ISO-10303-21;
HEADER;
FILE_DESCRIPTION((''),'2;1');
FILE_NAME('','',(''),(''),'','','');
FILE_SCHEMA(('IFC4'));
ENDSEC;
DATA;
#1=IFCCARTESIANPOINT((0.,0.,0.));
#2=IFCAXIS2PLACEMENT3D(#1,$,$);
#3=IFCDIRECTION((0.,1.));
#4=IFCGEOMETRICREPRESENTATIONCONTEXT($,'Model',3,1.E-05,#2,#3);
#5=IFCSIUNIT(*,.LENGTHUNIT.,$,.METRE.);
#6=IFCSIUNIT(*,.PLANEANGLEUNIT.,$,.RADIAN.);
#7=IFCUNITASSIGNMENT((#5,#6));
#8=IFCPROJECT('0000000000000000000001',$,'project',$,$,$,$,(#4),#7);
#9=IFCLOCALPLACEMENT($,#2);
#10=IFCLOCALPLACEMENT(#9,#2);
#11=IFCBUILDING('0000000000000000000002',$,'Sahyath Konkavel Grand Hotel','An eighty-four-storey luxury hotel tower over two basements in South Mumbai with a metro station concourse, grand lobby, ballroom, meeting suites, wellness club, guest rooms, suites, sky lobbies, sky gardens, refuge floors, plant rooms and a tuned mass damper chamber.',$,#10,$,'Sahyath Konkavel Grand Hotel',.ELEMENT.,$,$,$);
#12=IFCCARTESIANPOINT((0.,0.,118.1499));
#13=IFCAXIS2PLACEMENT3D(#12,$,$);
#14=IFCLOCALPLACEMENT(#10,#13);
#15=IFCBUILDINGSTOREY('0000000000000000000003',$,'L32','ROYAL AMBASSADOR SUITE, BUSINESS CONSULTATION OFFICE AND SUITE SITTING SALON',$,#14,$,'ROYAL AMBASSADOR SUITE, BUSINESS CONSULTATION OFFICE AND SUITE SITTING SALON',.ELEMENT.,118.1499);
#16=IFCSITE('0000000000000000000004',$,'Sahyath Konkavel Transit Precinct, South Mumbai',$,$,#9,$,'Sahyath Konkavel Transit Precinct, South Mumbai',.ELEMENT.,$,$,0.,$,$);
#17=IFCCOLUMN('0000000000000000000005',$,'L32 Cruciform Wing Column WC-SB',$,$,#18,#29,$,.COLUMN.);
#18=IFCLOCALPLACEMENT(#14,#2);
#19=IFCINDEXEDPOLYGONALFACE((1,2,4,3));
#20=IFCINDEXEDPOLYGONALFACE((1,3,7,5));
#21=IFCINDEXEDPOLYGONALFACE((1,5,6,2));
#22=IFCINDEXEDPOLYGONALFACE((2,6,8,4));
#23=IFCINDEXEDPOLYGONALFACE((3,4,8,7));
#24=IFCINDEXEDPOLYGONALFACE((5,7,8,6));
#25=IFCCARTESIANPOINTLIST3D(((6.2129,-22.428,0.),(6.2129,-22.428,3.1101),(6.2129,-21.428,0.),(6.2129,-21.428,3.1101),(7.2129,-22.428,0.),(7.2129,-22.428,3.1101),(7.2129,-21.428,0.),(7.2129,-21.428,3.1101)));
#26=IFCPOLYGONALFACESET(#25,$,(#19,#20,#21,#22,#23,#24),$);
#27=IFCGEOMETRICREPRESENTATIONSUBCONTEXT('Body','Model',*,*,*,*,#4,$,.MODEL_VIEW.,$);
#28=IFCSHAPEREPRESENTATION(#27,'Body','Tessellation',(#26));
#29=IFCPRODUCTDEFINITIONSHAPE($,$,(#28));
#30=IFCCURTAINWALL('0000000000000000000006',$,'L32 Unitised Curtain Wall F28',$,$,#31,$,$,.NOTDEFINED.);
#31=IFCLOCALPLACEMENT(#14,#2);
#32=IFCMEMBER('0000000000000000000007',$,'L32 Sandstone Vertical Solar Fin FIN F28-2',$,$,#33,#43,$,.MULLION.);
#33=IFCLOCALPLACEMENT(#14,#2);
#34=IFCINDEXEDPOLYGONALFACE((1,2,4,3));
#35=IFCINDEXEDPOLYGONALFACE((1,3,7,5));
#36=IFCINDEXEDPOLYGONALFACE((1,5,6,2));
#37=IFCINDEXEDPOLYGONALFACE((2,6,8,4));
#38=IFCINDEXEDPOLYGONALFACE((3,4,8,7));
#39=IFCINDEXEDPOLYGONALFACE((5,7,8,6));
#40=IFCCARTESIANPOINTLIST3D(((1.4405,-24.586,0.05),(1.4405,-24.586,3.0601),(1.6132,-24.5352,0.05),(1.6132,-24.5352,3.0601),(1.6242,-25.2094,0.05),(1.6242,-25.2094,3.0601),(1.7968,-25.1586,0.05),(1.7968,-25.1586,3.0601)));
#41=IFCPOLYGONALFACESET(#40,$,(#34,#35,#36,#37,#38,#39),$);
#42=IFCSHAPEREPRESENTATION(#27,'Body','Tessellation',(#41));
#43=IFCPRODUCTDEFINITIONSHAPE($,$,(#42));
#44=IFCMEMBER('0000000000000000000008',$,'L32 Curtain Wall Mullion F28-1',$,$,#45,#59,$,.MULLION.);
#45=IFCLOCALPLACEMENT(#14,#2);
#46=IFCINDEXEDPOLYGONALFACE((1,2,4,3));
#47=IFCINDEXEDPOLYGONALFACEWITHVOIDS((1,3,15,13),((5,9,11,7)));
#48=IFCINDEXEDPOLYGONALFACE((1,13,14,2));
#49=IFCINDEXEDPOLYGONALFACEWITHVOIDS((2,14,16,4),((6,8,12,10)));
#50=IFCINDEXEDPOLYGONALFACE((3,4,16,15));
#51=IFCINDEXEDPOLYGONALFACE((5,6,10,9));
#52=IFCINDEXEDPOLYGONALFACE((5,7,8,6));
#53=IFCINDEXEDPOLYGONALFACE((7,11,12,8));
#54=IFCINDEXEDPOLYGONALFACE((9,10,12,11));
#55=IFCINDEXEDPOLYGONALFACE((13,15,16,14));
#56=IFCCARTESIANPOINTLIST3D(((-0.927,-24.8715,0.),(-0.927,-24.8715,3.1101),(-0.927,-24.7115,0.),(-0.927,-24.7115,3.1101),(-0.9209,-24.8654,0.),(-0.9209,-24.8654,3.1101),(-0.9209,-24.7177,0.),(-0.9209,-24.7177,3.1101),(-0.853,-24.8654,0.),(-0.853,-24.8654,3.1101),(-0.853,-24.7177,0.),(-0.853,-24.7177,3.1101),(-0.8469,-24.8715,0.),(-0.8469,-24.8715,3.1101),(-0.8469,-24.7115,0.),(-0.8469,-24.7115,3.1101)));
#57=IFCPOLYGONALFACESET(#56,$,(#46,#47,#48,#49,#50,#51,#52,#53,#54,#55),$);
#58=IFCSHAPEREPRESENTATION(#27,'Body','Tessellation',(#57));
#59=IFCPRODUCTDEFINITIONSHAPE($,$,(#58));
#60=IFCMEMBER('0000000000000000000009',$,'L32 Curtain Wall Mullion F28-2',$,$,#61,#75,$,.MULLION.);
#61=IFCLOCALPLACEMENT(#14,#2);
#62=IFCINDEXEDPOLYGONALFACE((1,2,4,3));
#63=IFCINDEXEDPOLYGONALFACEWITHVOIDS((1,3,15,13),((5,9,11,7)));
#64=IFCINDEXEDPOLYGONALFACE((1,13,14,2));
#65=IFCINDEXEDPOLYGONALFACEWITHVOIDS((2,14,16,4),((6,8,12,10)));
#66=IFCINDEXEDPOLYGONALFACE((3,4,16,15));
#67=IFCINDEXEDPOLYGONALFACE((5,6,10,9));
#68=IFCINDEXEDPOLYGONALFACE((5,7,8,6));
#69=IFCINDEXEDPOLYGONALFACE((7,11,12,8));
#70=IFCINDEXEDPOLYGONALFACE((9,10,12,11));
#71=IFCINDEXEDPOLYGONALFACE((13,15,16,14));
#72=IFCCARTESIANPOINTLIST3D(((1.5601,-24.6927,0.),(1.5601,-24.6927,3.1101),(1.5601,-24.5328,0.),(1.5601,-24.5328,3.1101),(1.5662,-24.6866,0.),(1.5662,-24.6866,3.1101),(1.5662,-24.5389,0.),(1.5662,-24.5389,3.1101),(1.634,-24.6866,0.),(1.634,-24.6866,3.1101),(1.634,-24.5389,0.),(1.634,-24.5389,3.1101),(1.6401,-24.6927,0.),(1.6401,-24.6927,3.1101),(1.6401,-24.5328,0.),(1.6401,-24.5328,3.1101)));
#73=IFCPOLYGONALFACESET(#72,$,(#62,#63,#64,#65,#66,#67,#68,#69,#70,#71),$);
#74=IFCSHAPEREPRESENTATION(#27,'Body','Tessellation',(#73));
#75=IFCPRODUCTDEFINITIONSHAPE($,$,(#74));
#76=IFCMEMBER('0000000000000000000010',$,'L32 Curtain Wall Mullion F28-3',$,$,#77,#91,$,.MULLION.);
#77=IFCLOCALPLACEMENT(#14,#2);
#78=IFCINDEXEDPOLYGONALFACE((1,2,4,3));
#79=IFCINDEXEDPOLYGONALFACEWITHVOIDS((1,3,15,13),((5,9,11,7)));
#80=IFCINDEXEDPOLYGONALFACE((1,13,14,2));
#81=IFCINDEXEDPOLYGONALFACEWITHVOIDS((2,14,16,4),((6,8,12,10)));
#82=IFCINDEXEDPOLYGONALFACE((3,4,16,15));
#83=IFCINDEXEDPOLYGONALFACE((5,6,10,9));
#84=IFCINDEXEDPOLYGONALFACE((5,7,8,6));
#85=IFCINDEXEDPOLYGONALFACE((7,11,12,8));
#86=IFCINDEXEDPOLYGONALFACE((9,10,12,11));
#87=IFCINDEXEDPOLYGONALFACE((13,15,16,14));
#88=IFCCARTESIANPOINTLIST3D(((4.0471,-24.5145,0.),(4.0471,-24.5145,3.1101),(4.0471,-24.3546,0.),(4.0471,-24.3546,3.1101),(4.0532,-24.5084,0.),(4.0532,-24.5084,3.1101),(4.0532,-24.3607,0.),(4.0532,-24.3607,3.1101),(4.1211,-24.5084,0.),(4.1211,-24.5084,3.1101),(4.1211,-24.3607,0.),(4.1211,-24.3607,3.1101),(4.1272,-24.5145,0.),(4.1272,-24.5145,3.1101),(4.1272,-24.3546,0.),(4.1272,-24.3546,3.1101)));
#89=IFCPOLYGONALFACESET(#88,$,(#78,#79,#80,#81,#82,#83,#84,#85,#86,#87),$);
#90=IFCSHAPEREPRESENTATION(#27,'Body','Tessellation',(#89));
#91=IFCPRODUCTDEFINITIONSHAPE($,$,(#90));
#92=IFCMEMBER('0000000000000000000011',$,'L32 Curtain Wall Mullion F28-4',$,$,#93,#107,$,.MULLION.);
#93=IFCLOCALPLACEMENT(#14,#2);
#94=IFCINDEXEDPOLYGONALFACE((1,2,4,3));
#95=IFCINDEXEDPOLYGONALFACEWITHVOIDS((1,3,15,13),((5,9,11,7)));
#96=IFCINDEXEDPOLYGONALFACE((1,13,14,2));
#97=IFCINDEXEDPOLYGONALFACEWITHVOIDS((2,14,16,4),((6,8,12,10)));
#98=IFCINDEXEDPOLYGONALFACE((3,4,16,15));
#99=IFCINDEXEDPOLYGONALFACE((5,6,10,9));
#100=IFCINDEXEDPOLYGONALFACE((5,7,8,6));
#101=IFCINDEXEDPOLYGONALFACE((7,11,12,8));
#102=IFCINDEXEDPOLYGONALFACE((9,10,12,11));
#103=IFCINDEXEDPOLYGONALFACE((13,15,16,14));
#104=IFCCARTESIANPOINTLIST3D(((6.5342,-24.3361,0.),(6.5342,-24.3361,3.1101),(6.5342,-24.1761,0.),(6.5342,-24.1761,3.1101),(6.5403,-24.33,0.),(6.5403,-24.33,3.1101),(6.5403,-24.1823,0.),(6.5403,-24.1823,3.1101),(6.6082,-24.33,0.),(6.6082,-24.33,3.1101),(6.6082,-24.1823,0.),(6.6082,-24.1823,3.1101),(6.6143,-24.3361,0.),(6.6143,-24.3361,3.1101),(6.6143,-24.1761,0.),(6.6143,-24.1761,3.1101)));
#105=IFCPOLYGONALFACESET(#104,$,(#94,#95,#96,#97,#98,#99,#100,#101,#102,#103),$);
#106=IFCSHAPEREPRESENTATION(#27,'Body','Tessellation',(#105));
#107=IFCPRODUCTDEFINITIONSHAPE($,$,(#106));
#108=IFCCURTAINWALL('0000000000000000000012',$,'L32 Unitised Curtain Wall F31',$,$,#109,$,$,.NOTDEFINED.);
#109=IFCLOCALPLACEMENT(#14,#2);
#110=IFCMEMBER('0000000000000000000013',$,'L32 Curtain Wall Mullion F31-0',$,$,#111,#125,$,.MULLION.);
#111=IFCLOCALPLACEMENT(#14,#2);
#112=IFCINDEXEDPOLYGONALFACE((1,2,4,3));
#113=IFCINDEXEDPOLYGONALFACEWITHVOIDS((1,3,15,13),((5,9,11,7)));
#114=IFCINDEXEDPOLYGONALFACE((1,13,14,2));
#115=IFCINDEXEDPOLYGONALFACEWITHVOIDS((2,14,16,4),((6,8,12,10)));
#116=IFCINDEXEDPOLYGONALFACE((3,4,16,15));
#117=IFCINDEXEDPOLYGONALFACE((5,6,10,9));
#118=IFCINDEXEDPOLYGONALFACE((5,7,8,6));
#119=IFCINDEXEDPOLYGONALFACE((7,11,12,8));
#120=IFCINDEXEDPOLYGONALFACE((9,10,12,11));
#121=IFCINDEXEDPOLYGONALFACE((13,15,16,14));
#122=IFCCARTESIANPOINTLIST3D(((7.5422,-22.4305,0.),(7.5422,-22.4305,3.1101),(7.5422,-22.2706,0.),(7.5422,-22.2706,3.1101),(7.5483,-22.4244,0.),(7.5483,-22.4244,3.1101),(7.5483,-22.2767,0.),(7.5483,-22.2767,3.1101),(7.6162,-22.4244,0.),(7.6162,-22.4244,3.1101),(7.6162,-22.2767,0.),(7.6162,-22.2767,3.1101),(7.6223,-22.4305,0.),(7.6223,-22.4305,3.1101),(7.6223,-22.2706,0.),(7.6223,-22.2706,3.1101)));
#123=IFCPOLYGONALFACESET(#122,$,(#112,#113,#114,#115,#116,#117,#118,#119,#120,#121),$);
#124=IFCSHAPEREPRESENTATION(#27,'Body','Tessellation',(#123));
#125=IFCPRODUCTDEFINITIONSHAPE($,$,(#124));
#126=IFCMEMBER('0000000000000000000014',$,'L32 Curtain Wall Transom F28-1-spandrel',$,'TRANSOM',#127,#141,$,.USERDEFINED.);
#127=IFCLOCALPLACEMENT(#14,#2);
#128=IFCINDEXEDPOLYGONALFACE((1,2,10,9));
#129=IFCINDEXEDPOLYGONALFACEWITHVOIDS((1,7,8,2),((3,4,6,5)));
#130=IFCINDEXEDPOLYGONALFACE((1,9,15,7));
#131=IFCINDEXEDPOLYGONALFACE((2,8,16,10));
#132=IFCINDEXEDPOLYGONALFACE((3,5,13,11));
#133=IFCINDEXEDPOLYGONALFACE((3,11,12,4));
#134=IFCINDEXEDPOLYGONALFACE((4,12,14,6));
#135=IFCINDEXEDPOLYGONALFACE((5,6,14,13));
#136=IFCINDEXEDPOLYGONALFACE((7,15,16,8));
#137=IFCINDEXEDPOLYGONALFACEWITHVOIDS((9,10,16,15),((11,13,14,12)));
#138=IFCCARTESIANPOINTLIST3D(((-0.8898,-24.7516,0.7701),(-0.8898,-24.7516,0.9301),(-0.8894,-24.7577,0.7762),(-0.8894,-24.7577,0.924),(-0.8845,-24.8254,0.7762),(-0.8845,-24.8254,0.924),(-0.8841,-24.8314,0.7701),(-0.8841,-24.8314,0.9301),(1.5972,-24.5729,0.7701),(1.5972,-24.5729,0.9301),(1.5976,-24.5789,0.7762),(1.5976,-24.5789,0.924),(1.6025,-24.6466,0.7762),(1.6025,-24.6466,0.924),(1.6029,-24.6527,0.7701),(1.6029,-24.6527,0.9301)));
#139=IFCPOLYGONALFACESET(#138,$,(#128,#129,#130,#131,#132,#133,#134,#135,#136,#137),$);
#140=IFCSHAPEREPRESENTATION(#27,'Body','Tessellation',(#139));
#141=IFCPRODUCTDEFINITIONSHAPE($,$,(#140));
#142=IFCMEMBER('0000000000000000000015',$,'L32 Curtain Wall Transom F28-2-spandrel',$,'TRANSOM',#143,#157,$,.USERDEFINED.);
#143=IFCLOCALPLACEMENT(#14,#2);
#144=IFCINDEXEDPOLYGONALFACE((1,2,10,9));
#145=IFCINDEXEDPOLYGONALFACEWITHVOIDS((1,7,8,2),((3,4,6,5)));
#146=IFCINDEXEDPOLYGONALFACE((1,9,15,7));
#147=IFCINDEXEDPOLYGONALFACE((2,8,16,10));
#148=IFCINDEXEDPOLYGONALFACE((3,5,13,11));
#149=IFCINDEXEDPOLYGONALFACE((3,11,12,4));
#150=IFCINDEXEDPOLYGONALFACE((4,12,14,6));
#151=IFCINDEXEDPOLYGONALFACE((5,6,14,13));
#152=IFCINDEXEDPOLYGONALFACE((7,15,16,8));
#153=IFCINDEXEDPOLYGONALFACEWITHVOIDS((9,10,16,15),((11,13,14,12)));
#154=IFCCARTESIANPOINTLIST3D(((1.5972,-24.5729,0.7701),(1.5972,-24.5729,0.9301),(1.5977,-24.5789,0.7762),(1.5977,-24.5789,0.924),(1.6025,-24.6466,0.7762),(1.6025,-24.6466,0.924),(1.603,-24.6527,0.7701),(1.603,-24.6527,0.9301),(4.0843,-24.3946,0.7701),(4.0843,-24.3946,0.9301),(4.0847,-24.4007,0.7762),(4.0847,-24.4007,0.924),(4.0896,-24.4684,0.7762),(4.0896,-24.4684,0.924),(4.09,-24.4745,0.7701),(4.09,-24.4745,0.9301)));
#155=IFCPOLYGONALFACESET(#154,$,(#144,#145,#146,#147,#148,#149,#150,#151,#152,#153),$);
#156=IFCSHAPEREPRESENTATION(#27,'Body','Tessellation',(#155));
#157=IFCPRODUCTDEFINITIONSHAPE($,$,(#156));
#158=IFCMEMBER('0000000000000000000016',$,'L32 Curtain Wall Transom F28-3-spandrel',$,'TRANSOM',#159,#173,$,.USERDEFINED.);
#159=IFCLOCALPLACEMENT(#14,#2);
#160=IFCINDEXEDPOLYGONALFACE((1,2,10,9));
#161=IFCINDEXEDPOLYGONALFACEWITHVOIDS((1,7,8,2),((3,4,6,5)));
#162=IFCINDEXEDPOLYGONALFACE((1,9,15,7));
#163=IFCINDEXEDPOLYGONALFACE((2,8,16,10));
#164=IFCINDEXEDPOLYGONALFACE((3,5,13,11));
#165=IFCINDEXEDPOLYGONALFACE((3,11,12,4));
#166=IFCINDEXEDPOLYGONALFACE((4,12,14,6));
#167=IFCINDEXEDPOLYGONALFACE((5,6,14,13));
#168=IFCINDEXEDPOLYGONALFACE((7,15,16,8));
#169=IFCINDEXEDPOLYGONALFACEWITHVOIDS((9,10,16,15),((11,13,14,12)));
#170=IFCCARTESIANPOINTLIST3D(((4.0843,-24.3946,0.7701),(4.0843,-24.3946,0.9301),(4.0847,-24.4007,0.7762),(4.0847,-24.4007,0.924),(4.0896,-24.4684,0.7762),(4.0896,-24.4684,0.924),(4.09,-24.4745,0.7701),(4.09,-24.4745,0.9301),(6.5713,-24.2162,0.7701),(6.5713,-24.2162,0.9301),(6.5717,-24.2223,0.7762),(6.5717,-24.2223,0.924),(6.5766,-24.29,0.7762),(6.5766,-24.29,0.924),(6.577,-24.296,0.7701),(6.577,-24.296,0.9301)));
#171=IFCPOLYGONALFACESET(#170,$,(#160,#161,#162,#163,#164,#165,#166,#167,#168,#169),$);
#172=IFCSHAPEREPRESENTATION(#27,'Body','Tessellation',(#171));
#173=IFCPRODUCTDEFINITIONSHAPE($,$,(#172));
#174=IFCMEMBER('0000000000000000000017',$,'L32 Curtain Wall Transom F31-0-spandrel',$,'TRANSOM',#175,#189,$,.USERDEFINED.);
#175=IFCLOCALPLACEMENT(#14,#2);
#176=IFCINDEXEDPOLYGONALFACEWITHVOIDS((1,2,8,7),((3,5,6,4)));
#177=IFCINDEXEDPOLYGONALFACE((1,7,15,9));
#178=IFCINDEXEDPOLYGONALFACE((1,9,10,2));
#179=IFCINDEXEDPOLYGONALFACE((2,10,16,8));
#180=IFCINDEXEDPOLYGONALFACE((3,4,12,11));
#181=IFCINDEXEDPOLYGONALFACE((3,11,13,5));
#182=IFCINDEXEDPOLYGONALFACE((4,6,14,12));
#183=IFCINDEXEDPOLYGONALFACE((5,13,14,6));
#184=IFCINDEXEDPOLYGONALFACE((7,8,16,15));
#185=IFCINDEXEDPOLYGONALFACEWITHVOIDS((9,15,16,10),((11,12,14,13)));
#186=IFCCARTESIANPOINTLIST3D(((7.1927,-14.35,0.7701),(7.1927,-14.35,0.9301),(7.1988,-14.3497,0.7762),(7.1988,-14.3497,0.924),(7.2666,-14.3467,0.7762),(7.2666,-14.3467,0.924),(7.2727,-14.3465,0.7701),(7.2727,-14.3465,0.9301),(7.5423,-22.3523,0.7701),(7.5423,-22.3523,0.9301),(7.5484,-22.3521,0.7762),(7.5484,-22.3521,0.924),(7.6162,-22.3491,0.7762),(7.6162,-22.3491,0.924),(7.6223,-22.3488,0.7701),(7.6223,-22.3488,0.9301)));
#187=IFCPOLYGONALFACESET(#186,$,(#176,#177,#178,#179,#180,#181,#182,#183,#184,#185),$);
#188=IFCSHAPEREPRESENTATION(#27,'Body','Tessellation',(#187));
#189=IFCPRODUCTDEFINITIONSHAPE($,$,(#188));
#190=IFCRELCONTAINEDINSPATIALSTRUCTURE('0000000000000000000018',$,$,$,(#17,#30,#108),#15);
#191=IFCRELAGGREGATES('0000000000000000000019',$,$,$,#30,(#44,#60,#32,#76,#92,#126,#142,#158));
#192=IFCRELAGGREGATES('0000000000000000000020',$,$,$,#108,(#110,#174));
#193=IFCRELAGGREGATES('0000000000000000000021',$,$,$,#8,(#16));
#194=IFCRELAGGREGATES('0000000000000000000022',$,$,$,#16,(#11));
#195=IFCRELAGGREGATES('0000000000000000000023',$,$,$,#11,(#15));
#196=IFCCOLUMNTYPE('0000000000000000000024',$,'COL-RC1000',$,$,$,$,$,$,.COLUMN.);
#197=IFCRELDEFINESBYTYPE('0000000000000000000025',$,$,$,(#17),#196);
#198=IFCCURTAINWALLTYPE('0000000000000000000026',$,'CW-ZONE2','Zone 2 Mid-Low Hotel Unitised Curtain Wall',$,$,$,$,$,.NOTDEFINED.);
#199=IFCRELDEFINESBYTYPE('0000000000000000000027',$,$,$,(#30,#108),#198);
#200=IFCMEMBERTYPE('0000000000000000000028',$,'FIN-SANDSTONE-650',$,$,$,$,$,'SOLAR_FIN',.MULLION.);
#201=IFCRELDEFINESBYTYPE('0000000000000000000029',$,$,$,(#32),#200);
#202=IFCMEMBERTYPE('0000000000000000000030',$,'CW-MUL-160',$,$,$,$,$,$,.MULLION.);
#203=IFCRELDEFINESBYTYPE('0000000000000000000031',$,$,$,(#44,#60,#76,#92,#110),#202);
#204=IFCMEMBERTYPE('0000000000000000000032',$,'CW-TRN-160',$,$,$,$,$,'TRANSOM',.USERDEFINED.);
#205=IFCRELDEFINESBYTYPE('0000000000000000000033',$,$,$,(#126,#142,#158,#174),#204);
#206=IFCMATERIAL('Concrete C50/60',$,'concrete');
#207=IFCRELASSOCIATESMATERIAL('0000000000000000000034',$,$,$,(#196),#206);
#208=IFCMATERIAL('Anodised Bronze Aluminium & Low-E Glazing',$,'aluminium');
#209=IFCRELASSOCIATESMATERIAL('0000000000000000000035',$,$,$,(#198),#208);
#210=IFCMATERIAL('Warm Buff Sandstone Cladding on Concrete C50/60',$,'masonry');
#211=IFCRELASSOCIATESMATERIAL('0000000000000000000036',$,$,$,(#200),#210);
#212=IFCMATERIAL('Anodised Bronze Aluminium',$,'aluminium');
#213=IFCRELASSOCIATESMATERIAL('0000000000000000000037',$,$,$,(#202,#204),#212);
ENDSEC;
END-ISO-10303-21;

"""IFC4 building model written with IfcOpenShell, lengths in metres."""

from ifc_helpers import new_model, si_unit, direction, frame, origin, origin_2d, place, context, subcontext, project, spatial, rectangle, hollow_rectangle, extrude, source, transform, mapped, material, material_profile, profile_set, type_object, element, aggregate, save


model = new_model("IFC4")

# Units and contexts
model_context = context("Model", 3, precision=1e-05, world=origin(), true_north=direction((0.0, 1.0)))
body_context = subcontext(model_context, "Body", "Model", "MODEL_VIEW")
ifc_project = project(units=[si_unit("LENGTHUNIT", "METRE"), si_unit("PLANEANGLEUNIT", "RADIAN")], contexts=[model_context])

# Site, building, storey
site_placement = place(None, origin())
site = spatial("IfcSite", under=ifc_project, at=site_placement, Name="Sahyath Konkavel Transit Precinct, South Mumbai", LongName="Sahyath Konkavel Transit Precinct, South Mumbai", CompositionType="ELEMENT", RefElevation=0.0)
building_placement = place(site_placement, origin())
building = spatial("IfcBuilding", under=site, at=building_placement, Name="Sahyath Konkavel Grand Hotel", Description="An eighty-four-storey luxury hotel tower over two basements in South Mumbai with a metro station concourse, grand lobby, ballroom, meeting suites, wellness club, guest rooms, suites, sky lobbies, sky gardens, refuge floors, plant rooms and a tuned mass damper chamber.", LongName="Sahyath Konkavel Grand Hotel", CompositionType="ELEMENT")
storey_placement = place(building_placement, frame((0.0, 0.0, 118.1499)))
storey = spatial("IfcBuildingStorey", under=building, at=storey_placement, Name="L32", Description="ROYAL AMBASSADOR SUITE, BUSINESS CONSULTATION OFFICE AND SUITE SITTING SALON", LongName="ROYAL AMBASSADOR SUITE, BUSINESS CONSULTATION OFFICE AND SUITE SITTING SALON", CompositionType="ELEMENT", Elevation=118.1499)

# Column
ifc_material_1 = material(Name="Concrete C50/60", Category="concrete")
ifc_material_profile_1 = material_profile(ifc_material_1, rectangle(XDim=1.0, YDim=1.0, at=origin_2d()), Name="RC 1000x1000")
ifc_profile_set_1 = profile_set([ifc_material_profile_1], Name="Concrete C50/60")
column_type = type_object("IfcColumnType", Name="COL-RC1000", PredefinedType="COLUMN", material=ifc_profile_set_1)
shared_shape_1 = source(origin(), body_context, "Body", "SweptSolid", [
    extrude(rectangle(XDim=1.0, YDim=1.0, at=origin_2d()), origin(), (0.0, 0.0, 1.0), 3.1101),
])
column_placement = place(storey_placement, frame((6.7129, -21.928, 0.0), z_axis=(0.0, 0.0, 1.0), x_axis=(1.0, 0.0, 0.0)))
element("IfcColumn", 1, at=column_placement, inside=storey, type_object=column_type, Name="L32 Cruciform Wing Column WC-SB", PredefinedType="COLUMN", context=body_context, shape_type="MappedRepresentation", body=[
    mapped(shared_shape_1, transform((0.0, 0.0, 0.0), scale=1.0)),
])

# Curtain wall, members
ifc_material_2 = material(Name="Anodised Bronze Aluminium & Low-E Glazing", Category="aluminium")
curtain_wall_type = type_object("IfcCurtainWallType", Name="CW-ZONE2", Description="Zone 2 Mid-Low Hotel Unitised Curtain Wall", PredefinedType="NOTDEFINED", material=ifc_material_2)
curtain_wall_1_placement = place(storey_placement, origin())
curtain_wall_1 = element("IfcCurtainWall", 2, at=curtain_wall_1_placement, inside=storey, type_object=curtain_wall_type, Name="L32 Unitised Curtain Wall F28", PredefinedType="NOTDEFINED")
ifc_material_3 = material(Name="Warm Buff Sandstone Cladding on Concrete C50/60", Category="masonry")
ifc_material_profile_2 = material_profile(ifc_material_3, rectangle(XDim=0.1799, YDim=0.6499, at=origin_2d()), Name="FIN 180x650")
ifc_profile_set_2 = profile_set([ifc_material_profile_2], Name="Warm Buff Sandstone Cladding on Concrete C50/60")
member_type_1 = type_object("IfcMemberType", Name="FIN-SANDSTONE-650", ElementType="SOLAR_FIN", PredefinedType="MULLION", material=ifc_profile_set_2)
shared_shape_2 = source(origin(), body_context, "Body", "SweptSolid", [
    extrude(rectangle(XDim=0.1799, YDim=0.6499, at=origin_2d()), origin(), (0.0, 0.0, 1.0), 3.01),
])
member_1_placement = place(storey_placement, frame((1.6187, -24.8723, 0.05), z_axis=(0.0, 0.0, 1.0), x_axis=(0.959265, 0.282509, 0.0)))
member_1 = element("IfcMember", 3, at=member_1_placement, type_object=member_type_1, Name="L32 Sandstone Vertical Solar Fin FIN F28-2", PredefinedType="MULLION", context=body_context, shape_type="MappedRepresentation", body=[
    mapped(shared_shape_2, transform((0.0, 0.0, 0.0), scale=1.0)),
])
ifc_material_4 = material(Name="Anodised Bronze Aluminium", Category="aluminium")
ifc_material_profile_3 = material_profile(ifc_material_4, hollow_rectangle(XDim=0.0801, YDim=0.1599, WallThickness=0.0061, at=origin_2d()), Name="RHS 160x80x6")
ifc_profile_set_3 = profile_set([ifc_material_profile_3], Name="Anodised Bronze Aluminium")
member_type_2 = type_object("IfcMemberType", Name="CW-MUL-160", PredefinedType="MULLION", material=ifc_profile_set_3)
shared_shape_3 = source(origin(), body_context, "Body", "SweptSolid", [
    extrude(hollow_rectangle(XDim=0.0801, YDim=0.1599, WallThickness=0.0061, at=origin_2d()), origin(), (0.0, 0.0, 1.0), 3.1101),
])
member_2_placement = place(storey_placement, frame((-0.887, -24.7915, 0.0), z_axis=(0.0, 0.0, 1.0), x_axis=(1.0, 0.0, 0.0)))
member_2 = element("IfcMember", 4, at=member_2_placement, type_object=member_type_2, Name="L32 Curtain Wall Mullion F28-1", PredefinedType="MULLION", context=body_context, shape_type="MappedRepresentation", body=[
    mapped(shared_shape_3, transform((0.0, 0.0, 0.0), scale=1.0)),
])
member_3_placement = place(storey_placement, frame((1.6001, -24.6128, 0.0), z_axis=(0.0, 0.0, 1.0), x_axis=(1.0, 0.0, 0.0)))
member_3 = element("IfcMember", 5, at=member_3_placement, type_object=member_type_2, Name="L32 Curtain Wall Mullion F28-2", PredefinedType="MULLION", context=body_context, shape_type="MappedRepresentation", body=[
    mapped(shared_shape_3, transform((0.0, 0.0, 0.0), scale=1.0)),
])
member_4_placement = place(storey_placement, frame((4.0872, -24.4346, 0.0), z_axis=(0.0, 0.0, 1.0), x_axis=(1.0, 0.0, 0.0)))
member_4 = element("IfcMember", 6, at=member_4_placement, type_object=member_type_2, Name="L32 Curtain Wall Mullion F28-3", PredefinedType="MULLION", context=body_context, shape_type="MappedRepresentation", body=[
    mapped(shared_shape_3, transform((0.0, 0.0, 0.0), scale=1.0)),
])
member_5_placement = place(storey_placement, frame((6.5742, -24.2561, 0.0), z_axis=(0.0, 0.0, 1.0), x_axis=(1.0, 0.0, 0.0)))
member_5 = element("IfcMember", 7, at=member_5_placement, type_object=member_type_2, Name="L32 Curtain Wall Mullion F28-4", PredefinedType="MULLION", context=body_context, shape_type="MappedRepresentation", body=[
    mapped(shared_shape_3, transform((0.0, 0.0, 0.0), scale=1.0)),
])

# Curtain wall, member
curtain_wall_2_placement = place(storey_placement, origin())
curtain_wall_2 = element("IfcCurtainWall", 8, at=curtain_wall_2_placement, inside=storey, type_object=curtain_wall_type, Name="L32 Unitised Curtain Wall F31", PredefinedType="NOTDEFINED")
member_6_placement = place(storey_placement, frame((7.5823, -22.3506, 0.0), z_axis=(0.0, 0.0, 1.0), x_axis=(1.0, 0.0, 0.0)))
member_6 = element("IfcMember", 9, at=member_6_placement, type_object=member_type_2, Name="L32 Curtain Wall Mullion F31-0", PredefinedType="MULLION", context=body_context, shape_type="MappedRepresentation", body=[
    mapped(shared_shape_3, transform((0.0, 0.0, 0.0), scale=1.0)),
])

# Members
ifc_material_profile_4 = material_profile(ifc_material_4, hollow_rectangle(XDim=0.0801, YDim=0.1599, WallThickness=0.0061, at=origin_2d()), Name="RHS 160x80x6")
ifc_profile_set_4 = profile_set([ifc_material_profile_4], Name="Anodised Bronze Aluminium")
member_type_3 = type_object("IfcMemberType", Name="CW-TRN-160", ElementType="TRANSOM", PredefinedType="USERDEFINED", material=ifc_profile_set_4)
shared_shape_4 = source(origin(), body_context, "Body", "SweptSolid", [
    extrude(hollow_rectangle(XDim=0.0801, YDim=0.1599, WallThickness=0.0061, at=origin_2d()), origin(), (0.0, 0.0, 1.0), 2.4934),
])
member_7_placement = place(storey_placement, frame((-0.887, -24.7915, 0.8501), z_axis=(0.997428, 0.071671, 0.0), x_axis=(-0.071671, 0.997428, 0.0)))
member_7 = element("IfcMember", 10, at=member_7_placement, type_object=member_type_3, Name="L32 Curtain Wall Transom F28-1-spandrel", ObjectType="TRANSOM", PredefinedType="USERDEFINED", context=body_context, shape_type="MappedRepresentation", body=[
    mapped(shared_shape_4, transform((0.0, 0.0, 0.0), scale=1.0)),
])
member_8_placement = place(storey_placement, frame((1.6001, -24.6128, 0.8501), z_axis=(0.997442, 0.071477, 0.0), x_axis=(-0.071477, 0.997442, 0.0)))
member_8 = element("IfcMember", 11, at=member_8_placement, type_object=member_type_3, Name="L32 Curtain Wall Transom F28-2-spandrel", ObjectType="TRANSOM", PredefinedType="USERDEFINED", context=body_context, shape_type="MappedRepresentation", body=[
    mapped(shared_shape_4, transform((0.0, 0.0, 0.0), scale=1.0)),
])
member_9_placement = place(storey_placement, frame((4.0872, -24.4346, 0.8501), z_axis=(0.997435, 0.071574, 0.0), x_axis=(-0.071574, 0.997435, 0.0)))
member_9 = element("IfcMember", 12, at=member_9_placement, type_object=member_type_3, Name="L32 Curtain Wall Transom F28-3-spandrel", ObjectType="TRANSOM", PredefinedType="USERDEFINED", context=body_context, shape_type="MappedRepresentation", body=[
    mapped(shared_shape_4, transform((0.0, 0.0, 0.0), scale=1.0)),
])
shared_shape_5 = source(origin(), body_context, "Body", "SweptSolid", [
    extrude(hollow_rectangle(XDim=0.0801, YDim=0.1599, WallThickness=0.0061, at=origin_2d()), origin(), (0.0, 0.0, 1.0), 8.01),
])
member_10_placement = place(storey_placement, frame((7.5823, -22.3506, 0.8501), z_axis=(-0.043646, 0.999047, 0.0), x_axis=(-0.999047, -0.043646, 0.0)))
member_10 = element("IfcMember", 13, at=member_10_placement, type_object=member_type_3, Name="L32 Curtain Wall Transom F31-0-spandrel", ObjectType="TRANSOM", PredefinedType="USERDEFINED", context=body_context, shape_type="MappedRepresentation", body=[
    mapped(shared_shape_5, transform((0.0, 0.0, 0.0), scale=1.0)),
])

aggregate(curtain_wall_1, [member_2, member_3, member_1, member_4, member_5, member_7, member_8, member_9])
aggregate(curtain_wall_2, [member_6, member_10])

save(model, "model.ifc")
